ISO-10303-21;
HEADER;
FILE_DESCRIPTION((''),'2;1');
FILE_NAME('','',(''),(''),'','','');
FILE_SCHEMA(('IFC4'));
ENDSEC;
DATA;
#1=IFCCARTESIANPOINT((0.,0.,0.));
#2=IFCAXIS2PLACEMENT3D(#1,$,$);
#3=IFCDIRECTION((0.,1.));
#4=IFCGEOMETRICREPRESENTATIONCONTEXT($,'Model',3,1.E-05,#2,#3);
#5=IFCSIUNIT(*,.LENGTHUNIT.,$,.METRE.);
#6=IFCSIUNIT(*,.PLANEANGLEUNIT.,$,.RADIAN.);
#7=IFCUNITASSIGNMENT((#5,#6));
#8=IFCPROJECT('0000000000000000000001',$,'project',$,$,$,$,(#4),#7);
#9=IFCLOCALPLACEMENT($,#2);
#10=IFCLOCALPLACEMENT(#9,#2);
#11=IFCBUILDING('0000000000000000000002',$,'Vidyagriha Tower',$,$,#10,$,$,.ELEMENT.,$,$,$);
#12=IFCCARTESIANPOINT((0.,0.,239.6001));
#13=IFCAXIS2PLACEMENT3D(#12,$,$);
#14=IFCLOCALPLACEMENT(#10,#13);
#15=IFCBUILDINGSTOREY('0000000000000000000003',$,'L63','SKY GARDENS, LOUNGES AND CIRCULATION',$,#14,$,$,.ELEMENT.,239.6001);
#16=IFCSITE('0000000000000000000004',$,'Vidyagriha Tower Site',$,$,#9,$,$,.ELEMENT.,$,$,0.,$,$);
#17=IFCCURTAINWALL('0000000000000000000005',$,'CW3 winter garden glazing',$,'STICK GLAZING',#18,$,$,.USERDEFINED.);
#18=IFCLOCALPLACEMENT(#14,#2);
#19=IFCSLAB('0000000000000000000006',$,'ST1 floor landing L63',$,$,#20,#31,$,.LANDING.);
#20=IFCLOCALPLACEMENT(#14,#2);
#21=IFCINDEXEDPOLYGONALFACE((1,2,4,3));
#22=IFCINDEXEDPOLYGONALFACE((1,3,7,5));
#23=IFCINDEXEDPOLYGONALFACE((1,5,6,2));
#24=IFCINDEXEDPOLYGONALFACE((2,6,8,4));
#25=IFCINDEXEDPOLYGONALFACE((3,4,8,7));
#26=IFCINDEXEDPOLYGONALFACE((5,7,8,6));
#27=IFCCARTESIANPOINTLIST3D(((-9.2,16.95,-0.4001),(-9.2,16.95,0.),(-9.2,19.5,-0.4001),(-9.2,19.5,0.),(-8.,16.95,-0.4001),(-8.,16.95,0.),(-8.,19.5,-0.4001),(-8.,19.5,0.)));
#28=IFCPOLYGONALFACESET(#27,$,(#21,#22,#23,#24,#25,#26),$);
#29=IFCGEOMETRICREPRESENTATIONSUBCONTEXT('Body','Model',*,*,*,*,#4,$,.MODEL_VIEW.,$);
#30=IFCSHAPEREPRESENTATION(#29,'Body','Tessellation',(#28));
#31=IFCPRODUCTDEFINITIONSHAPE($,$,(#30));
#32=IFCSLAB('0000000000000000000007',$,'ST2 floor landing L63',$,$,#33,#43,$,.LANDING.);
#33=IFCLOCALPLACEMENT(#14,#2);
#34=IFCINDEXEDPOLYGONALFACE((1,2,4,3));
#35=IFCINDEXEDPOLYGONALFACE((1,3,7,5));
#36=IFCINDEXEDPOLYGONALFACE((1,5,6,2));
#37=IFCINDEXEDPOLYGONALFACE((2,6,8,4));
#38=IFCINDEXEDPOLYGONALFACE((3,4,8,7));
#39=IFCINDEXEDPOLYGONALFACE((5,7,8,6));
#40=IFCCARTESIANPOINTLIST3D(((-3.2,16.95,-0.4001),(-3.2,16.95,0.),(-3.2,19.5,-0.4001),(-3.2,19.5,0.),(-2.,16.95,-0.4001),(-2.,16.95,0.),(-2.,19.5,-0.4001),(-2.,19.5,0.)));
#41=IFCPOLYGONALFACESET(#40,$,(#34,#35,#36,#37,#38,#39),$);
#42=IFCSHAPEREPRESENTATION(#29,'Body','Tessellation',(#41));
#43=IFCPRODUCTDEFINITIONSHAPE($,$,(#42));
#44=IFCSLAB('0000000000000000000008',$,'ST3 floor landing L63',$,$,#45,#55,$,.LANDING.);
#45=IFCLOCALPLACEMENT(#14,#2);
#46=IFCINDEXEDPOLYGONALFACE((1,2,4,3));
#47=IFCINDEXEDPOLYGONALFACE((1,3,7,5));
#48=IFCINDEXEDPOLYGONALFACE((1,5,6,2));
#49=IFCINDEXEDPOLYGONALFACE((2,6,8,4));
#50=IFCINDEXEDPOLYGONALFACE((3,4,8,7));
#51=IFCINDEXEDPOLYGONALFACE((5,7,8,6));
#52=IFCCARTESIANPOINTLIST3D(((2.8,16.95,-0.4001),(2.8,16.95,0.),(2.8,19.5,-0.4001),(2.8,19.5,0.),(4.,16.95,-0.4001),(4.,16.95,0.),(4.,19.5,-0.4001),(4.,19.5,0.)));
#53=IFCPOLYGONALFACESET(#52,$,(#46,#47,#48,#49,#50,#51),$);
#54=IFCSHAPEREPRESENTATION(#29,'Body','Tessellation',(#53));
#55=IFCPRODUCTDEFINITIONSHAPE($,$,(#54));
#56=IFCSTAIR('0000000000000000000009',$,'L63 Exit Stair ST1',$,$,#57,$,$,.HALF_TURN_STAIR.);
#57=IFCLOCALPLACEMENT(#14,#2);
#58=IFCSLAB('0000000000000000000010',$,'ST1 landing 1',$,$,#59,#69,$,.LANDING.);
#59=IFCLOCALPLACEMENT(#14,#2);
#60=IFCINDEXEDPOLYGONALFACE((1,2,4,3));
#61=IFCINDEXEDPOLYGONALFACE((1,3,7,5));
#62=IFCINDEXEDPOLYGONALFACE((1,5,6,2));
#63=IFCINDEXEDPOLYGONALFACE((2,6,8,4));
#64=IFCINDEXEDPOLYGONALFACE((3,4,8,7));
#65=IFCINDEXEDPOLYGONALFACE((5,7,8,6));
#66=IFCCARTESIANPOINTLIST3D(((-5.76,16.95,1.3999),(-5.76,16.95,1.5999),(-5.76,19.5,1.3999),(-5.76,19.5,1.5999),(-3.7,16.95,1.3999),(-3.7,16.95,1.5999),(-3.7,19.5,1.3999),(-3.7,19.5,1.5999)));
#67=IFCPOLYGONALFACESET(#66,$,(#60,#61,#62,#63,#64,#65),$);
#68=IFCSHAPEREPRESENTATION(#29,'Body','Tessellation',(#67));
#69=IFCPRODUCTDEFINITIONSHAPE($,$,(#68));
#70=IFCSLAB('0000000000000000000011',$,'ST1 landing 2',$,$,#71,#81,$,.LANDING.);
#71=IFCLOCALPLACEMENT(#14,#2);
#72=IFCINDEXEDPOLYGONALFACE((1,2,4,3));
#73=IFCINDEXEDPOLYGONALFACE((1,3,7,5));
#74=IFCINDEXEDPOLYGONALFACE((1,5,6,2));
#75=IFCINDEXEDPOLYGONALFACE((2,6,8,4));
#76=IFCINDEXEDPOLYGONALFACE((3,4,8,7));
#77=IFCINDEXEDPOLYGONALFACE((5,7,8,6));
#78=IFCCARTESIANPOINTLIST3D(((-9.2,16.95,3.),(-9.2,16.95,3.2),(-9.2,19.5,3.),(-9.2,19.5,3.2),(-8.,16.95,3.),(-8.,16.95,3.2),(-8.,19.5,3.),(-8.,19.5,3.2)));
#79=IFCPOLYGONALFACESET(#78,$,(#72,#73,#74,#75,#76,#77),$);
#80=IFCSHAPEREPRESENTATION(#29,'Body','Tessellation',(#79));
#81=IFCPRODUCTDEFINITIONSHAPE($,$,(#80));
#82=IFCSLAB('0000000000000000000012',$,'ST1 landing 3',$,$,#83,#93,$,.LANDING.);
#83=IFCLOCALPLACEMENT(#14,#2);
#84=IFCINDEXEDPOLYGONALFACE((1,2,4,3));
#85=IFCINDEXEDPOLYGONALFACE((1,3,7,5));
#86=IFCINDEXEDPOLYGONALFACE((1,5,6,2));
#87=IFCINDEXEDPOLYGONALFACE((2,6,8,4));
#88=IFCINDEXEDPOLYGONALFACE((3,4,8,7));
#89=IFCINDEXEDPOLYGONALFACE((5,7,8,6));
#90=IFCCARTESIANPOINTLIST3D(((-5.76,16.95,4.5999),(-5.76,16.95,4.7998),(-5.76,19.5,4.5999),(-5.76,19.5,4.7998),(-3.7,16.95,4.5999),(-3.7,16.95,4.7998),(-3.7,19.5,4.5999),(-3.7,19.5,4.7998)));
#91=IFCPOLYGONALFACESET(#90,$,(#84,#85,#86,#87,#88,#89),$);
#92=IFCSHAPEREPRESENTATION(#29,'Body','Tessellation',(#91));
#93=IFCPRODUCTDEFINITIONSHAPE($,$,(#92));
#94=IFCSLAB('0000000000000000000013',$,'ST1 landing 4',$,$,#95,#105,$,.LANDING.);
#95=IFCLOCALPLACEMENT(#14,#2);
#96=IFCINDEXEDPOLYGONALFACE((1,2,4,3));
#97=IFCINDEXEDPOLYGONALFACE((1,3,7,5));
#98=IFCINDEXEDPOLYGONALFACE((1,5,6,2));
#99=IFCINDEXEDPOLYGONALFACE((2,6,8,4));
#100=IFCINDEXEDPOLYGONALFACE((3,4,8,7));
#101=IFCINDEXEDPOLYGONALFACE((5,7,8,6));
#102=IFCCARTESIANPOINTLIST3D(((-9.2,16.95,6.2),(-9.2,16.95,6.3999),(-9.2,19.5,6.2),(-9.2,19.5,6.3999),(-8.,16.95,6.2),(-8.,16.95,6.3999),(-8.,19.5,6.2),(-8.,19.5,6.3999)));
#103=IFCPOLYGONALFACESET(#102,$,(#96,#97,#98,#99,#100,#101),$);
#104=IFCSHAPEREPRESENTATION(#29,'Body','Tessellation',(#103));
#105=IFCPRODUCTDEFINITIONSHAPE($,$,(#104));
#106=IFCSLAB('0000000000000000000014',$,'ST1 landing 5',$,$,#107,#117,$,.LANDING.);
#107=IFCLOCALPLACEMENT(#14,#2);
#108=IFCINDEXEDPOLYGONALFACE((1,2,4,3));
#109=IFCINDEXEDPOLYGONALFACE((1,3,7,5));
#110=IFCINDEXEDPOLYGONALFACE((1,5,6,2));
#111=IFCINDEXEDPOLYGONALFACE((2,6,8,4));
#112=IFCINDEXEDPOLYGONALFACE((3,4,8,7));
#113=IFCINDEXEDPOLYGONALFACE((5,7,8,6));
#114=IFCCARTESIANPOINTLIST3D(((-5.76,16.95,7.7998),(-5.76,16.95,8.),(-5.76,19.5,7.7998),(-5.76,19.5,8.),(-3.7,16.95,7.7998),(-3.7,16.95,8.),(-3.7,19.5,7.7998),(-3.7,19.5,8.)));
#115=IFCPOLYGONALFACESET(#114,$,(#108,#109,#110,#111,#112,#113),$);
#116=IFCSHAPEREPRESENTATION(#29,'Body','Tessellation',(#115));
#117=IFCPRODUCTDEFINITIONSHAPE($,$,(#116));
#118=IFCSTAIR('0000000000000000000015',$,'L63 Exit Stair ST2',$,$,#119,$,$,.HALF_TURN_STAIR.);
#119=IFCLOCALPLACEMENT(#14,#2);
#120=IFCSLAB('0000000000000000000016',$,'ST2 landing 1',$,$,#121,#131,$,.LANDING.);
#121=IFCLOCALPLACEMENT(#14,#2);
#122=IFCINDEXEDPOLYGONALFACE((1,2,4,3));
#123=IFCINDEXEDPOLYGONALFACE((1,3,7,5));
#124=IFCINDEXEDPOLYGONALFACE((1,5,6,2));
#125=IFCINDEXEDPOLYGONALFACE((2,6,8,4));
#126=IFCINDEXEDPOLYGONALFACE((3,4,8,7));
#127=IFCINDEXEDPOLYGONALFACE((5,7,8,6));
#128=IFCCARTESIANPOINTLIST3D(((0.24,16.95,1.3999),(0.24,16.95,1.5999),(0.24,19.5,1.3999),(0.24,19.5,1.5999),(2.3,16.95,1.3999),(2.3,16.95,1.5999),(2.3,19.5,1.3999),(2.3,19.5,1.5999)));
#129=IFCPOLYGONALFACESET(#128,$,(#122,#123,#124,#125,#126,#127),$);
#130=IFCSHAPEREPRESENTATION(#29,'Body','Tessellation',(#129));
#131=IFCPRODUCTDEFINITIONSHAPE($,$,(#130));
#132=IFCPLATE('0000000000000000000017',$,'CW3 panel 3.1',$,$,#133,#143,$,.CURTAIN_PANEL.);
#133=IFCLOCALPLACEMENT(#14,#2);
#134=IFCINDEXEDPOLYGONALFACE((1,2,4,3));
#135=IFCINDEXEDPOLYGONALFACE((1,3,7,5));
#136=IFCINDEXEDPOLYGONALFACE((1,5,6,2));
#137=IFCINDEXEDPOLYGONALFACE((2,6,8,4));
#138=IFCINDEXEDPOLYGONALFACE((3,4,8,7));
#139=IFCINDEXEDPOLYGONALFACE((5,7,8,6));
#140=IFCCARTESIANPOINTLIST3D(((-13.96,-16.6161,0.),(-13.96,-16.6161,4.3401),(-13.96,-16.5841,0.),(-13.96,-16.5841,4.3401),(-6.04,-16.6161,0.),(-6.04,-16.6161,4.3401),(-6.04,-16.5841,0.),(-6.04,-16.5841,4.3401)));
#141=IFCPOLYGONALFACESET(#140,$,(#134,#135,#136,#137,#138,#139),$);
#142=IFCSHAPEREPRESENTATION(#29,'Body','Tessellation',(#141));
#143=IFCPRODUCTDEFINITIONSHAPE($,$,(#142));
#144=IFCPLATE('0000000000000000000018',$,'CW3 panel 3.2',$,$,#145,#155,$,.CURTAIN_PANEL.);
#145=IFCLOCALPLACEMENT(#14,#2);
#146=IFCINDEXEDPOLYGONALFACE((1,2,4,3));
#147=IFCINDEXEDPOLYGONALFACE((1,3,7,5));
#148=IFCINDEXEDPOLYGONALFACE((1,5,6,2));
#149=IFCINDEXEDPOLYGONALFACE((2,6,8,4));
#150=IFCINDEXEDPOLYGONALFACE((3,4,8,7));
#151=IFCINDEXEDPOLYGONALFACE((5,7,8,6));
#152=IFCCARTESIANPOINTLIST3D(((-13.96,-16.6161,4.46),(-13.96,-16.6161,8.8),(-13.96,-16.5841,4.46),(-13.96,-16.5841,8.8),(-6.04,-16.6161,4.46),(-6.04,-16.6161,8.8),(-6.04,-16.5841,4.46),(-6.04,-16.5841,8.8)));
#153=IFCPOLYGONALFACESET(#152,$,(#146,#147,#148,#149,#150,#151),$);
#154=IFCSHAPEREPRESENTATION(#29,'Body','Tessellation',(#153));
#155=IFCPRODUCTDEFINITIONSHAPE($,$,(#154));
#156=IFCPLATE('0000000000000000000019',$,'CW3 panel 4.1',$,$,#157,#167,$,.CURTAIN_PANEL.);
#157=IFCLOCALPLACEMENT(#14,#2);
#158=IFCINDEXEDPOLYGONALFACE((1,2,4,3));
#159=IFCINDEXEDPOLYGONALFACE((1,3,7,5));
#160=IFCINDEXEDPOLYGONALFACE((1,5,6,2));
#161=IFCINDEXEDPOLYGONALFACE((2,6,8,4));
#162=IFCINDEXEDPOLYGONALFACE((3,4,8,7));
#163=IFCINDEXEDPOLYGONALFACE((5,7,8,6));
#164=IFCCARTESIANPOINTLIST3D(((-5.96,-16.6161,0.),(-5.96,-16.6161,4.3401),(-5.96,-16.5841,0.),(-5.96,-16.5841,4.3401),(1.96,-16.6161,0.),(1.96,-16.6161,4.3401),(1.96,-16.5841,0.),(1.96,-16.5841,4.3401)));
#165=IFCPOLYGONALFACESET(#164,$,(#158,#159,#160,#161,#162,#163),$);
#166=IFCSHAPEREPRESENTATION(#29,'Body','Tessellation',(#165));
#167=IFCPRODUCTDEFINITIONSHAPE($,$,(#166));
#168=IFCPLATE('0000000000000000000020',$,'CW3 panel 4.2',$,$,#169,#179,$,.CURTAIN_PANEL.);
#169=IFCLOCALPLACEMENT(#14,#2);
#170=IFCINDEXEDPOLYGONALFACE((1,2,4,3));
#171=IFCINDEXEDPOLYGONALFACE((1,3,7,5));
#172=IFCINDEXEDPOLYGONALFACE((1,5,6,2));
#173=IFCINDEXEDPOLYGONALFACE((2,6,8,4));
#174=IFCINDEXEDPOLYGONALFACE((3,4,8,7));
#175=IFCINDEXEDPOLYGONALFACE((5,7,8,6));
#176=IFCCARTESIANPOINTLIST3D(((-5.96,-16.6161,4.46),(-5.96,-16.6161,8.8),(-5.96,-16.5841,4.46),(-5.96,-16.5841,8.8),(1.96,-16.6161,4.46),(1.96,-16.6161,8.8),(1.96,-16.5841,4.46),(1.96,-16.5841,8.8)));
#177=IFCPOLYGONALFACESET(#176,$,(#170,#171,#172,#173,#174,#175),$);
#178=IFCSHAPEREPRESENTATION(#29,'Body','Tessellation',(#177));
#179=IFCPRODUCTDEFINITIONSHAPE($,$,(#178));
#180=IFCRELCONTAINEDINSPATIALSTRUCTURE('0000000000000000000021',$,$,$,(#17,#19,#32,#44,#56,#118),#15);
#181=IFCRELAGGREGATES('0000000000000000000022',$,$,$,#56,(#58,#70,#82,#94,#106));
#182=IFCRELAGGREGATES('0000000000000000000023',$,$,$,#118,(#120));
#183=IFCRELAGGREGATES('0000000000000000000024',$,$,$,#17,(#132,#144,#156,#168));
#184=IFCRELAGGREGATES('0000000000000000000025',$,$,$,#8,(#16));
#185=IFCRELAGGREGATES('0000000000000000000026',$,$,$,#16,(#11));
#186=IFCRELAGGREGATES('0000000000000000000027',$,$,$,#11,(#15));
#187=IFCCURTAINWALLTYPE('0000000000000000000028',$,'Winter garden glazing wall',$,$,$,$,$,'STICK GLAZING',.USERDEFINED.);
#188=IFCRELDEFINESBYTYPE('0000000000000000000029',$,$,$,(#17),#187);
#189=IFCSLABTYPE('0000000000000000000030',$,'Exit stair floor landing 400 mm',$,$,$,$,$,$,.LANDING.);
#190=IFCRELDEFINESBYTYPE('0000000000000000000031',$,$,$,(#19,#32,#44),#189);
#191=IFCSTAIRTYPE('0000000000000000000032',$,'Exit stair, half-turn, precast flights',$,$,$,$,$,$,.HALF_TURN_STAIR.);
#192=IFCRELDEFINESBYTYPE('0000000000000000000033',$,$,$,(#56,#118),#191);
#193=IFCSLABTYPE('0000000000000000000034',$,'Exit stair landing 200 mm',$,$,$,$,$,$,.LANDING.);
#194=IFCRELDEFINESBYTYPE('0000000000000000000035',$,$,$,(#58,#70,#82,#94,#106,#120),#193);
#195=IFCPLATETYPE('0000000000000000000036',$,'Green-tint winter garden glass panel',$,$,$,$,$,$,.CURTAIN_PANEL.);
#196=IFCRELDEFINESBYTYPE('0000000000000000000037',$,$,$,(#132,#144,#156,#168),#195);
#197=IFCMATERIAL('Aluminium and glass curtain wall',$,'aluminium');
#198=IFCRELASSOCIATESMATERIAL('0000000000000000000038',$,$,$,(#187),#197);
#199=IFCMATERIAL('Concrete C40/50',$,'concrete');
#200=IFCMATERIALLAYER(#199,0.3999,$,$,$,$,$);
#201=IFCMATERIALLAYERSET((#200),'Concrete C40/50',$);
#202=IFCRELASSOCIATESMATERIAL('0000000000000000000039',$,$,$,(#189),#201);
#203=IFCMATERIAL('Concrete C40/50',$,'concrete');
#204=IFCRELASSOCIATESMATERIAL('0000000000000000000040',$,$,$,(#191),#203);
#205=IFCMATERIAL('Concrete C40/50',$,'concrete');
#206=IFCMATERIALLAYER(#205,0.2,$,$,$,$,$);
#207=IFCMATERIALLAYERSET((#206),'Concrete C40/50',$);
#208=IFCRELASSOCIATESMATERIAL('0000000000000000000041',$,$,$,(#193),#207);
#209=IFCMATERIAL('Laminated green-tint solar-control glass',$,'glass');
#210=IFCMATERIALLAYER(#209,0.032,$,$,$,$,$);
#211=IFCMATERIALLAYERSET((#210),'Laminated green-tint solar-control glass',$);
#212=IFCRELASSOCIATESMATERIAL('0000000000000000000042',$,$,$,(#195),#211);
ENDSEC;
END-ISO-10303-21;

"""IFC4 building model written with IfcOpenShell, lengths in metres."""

from ifc_helpers import new_model, si_unit, direction, frame, origin, origin_2d, place, context, subcontext, project, spatial, polyline, rectangle, outline, extrude, material, layer, layer_set, type_object, element, aggregate, save


model = new_model("IFC4")

# Units and contexts
model_context = context("Model", 3, precision=1e-05, world=origin(), true_north=direction((0.0, 1.0)))
body_context = subcontext(model_context, "Body", "Model", "MODEL_VIEW")
ifc_project = project(units=[si_unit("LENGTHUNIT", "METRE"), si_unit("PLANEANGLEUNIT", "RADIAN")], contexts=[model_context])

# Site, building, storey
site_placement = place(None, origin())
site = spatial("IfcSite", under=ifc_project, at=site_placement, Name="Vidyagriha Tower Site", CompositionType="ELEMENT", RefElevation=0.0)
building_placement = place(site_placement, origin())
building = spatial("IfcBuilding", under=site, at=building_placement, Name="Vidyagriha Tower", CompositionType="ELEMENT")
storey_placement = place(building_placement, frame((0.0, 0.0, 239.6001)))
storey = spatial("IfcBuildingStorey", under=building, at=storey_placement, Name="L63", Description="SKY GARDENS, LOUNGES AND CIRCULATION", CompositionType="ELEMENT", Elevation=239.6001)

# Curtain wall
ifc_material_1 = material(Name="Aluminium and glass curtain wall", Category="aluminium")
curtain_wall_type = type_object("IfcCurtainWallType", Name="Winter garden glazing wall", ElementType="STICK GLAZING", PredefinedType="USERDEFINED", material=ifc_material_1)
curtain_wall_placement = place(storey_placement, origin())
curtain_wall = element("IfcCurtainWall", 1, at=curtain_wall_placement, inside=storey, type_object=curtain_wall_type, Name="CW3 winter garden glazing", ObjectType="STICK GLAZING", PredefinedType="USERDEFINED")

# Slabs
ifc_material_2 = material(Name="Concrete C40/50", Category="concrete")
ifc_layer_1 = layer(ifc_material_2, 0.3999)
ifc_layer_set_1 = layer_set([ifc_layer_1], Name="Concrete C40/50")
slab_type_1 = type_object("IfcSlabType", Name="Exit stair floor landing 400 mm", PredefinedType="LANDING", material=ifc_layer_set_1)
slab_1_placement = place(storey_placement, frame((0.0, 0.0, -0.4001)))
element("IfcSlab", 2, at=slab_1_placement, inside=storey, type_object=slab_type_1, Name="ST1 floor landing L63", PredefinedType="LANDING", context=body_context, shape_type="SweptSolid", body=[
    extrude(outline(polyline([(-9.2, 16.95), (-8.0, 16.95), (-8.0, 19.5), (-9.2, 19.5), (-9.2, 16.95)])), origin(), (0.0, 0.0, 1.0), 0.4001),
])
slab_2_placement = place(storey_placement, frame((0.0, 0.0, -0.4001)))
element("IfcSlab", 3, at=slab_2_placement, inside=storey, type_object=slab_type_1, Name="ST2 floor landing L63", PredefinedType="LANDING", context=body_context, shape_type="SweptSolid", body=[
    extrude(outline(polyline([(-3.2, 16.95), (-2.0, 16.95), (-2.0, 19.5), (-3.2, 19.5), (-3.2, 16.95)])), origin(), (0.0, 0.0, 1.0), 0.4001),
])
slab_3_placement = place(storey_placement, frame((0.0, 0.0, -0.4001)))
element("IfcSlab", 4, at=slab_3_placement, inside=storey, type_object=slab_type_1, Name="ST3 floor landing L63", PredefinedType="LANDING", context=body_context, shape_type="SweptSolid", body=[
    extrude(outline(polyline([(2.8, 16.95), (4.0, 16.95), (4.0, 19.5), (2.8, 19.5), (2.8, 16.95)])), origin(), (0.0, 0.0, 1.0), 0.4001),
])

# Stair, slabs
ifc_material_3 = material(Name="Concrete C40/50", Category="concrete")
stair_type = type_object("IfcStairType", Name="Exit stair, half-turn, precast flights", PredefinedType="HALF_TURN_STAIR", material=ifc_material_3)
stair_1_placement = place(storey_placement, origin())
stair_1 = element("IfcStair", 5, at=stair_1_placement, inside=storey, type_object=stair_type, Name="L63 Exit Stair ST1", PredefinedType="HALF_TURN_STAIR")
ifc_material_4 = material(Name="Concrete C40/50", Category="concrete")
ifc_layer_2 = layer(ifc_material_4, 0.2)
ifc_layer_set_2 = layer_set([ifc_layer_2], Name="Concrete C40/50")
slab_type_2 = type_object("IfcSlabType", Name="Exit stair landing 200 mm", PredefinedType="LANDING", material=ifc_layer_set_2)
slab_4_placement = place(storey_placement, frame((0.0, 0.0, 1.3999)))
slab_4 = element("IfcSlab", 6, at=slab_4_placement, type_object=slab_type_2, Name="ST1 landing 1", PredefinedType="LANDING", context=body_context, shape_type="SweptSolid", body=[
    extrude(outline(polyline([(-5.76, 16.95), (-3.7, 16.95), (-3.7, 19.5), (-5.76, 19.5), (-5.76, 16.95)])), origin(), (0.0, 0.0, 1.0), 0.2),
])
slab_5_placement = place(storey_placement, frame((0.0, 0.0, 3.0)))
slab_5 = element("IfcSlab", 7, at=slab_5_placement, type_object=slab_type_2, Name="ST1 landing 2", PredefinedType="LANDING", context=body_context, shape_type="SweptSolid", body=[
    extrude(outline(polyline([(-9.2, 16.95), (-8.0, 16.95), (-8.0, 19.5), (-9.2, 19.5), (-9.2, 16.95)])), origin(), (0.0, 0.0, 1.0), 0.2),
])
slab_6_placement = place(storey_placement, frame((0.0, 0.0, 4.5999)))
slab_6 = element("IfcSlab", 8, at=slab_6_placement, type_object=slab_type_2, Name="ST1 landing 3", PredefinedType="LANDING", context=body_context, shape_type="SweptSolid", body=[
    extrude(outline(polyline([(-5.76, 16.95), (-3.7, 16.95), (-3.7, 19.5), (-5.76, 19.5), (-5.76, 16.95)])), origin(), (0.0, 0.0, 1.0), 0.2),
])
slab_7_placement = place(storey_placement, frame((0.0, 0.0, 6.2)))
slab_7 = element("IfcSlab", 9, at=slab_7_placement, type_object=slab_type_2, Name="ST1 landing 4", PredefinedType="LANDING", context=body_context, shape_type="SweptSolid", body=[
    extrude(outline(polyline([(-9.2, 16.95), (-8.0, 16.95), (-8.0, 19.5), (-9.2, 19.5), (-9.2, 16.95)])), origin(), (0.0, 0.0, 1.0), 0.2),
])
slab_8_placement = place(storey_placement, frame((0.0, 0.0, 7.7998)))
slab_8 = element("IfcSlab", 10, at=slab_8_placement, type_object=slab_type_2, Name="ST1 landing 5", PredefinedType="LANDING", context=body_context, shape_type="SweptSolid", body=[
    extrude(outline(polyline([(-5.76, 16.95), (-3.7, 16.95), (-3.7, 19.5), (-5.76, 19.5), (-5.76, 16.95)])), origin(), (0.0, 0.0, 1.0), 0.2002),
])
aggregate(stair_1, [slab_4, slab_5, slab_6, slab_7, slab_8])

# Stair, slab
stair_2_placement = place(storey_placement, origin())
stair_2 = element("IfcStair", 11, at=stair_2_placement, inside=storey, type_object=stair_type, Name="L63 Exit Stair ST2", PredefinedType="HALF_TURN_STAIR")
slab_9_placement = place(storey_placement, frame((0.0, 0.0, 1.3999)))
slab_9 = element("IfcSlab", 12, at=slab_9_placement, type_object=slab_type_2, Name="ST2 landing 1", PredefinedType="LANDING", context=body_context, shape_type="SweptSolid", body=[
    extrude(outline(polyline([(0.24, 16.95), (2.3, 16.95), (2.3, 19.5), (0.24, 19.5), (0.24, 16.95)])), origin(), (0.0, 0.0, 1.0), 0.2),
])
aggregate(stair_2, [slab_9])

# Plates
ifc_material_5 = material(Name="Laminated green-tint solar-control glass", Category="glass")
ifc_layer_3 = layer(ifc_material_5, 0.032)
ifc_layer_set_3 = layer_set([ifc_layer_3], Name="Laminated green-tint solar-control glass")
plate_type = type_object("IfcPlateType", Name="Green-tint winter garden glass panel", PredefinedType="CURTAIN_PANEL", material=ifc_layer_set_3)
plate_1_placement = place(storey_placement, frame((-10.0, -16.6001, 0.0)))
plate_1 = element("IfcPlate", 13, at=plate_1_placement, type_object=plate_type, Name="CW3 panel 3.1", PredefinedType="CURTAIN_PANEL", context=body_context, shape_type="SweptSolid", body=[
    extrude(rectangle(XDim=7.9199, YDim=0.032, at=origin_2d()), origin(), (0.0, 0.0, 1.0), 4.3401),
])
plate_2_placement = place(storey_placement, frame((-10.0, -16.6001, 4.46)))
plate_2 = element("IfcPlate", 14, at=plate_2_placement, type_object=plate_type, Name="CW3 panel 3.2", PredefinedType="CURTAIN_PANEL", context=body_context, shape_type="SweptSolid", body=[
    extrude(rectangle(XDim=7.9199, YDim=0.032, at=origin_2d()), origin(), (0.0, 0.0, 1.0), 4.3401),
])
plate_3_placement = place(storey_placement, frame((-2.0, -16.6001, 0.0)))
plate_3 = element("IfcPlate", 15, at=plate_3_placement, type_object=plate_type, Name="CW3 panel 4.1", PredefinedType="CURTAIN_PANEL", context=body_context, shape_type="SweptSolid", body=[
    extrude(rectangle(XDim=7.9199, YDim=0.032, at=origin_2d()), origin(), (0.0, 0.0, 1.0), 4.3401),
])
plate_4_placement = place(storey_placement, frame((-2.0, -16.6001, 4.46)))
plate_4 = element("IfcPlate", 16, at=plate_4_placement, type_object=plate_type, Name="CW3 panel 4.2", PredefinedType="CURTAIN_PANEL", context=body_context, shape_type="SweptSolid", body=[
    extrude(rectangle(XDim=7.9199, YDim=0.032, at=origin_2d()), origin(), (0.0, 0.0, 1.0), 4.3401),
])
aggregate(curtain_wall, [plate_1, plate_2, plate_3, plate_4])

save(model, "model.ifc")
